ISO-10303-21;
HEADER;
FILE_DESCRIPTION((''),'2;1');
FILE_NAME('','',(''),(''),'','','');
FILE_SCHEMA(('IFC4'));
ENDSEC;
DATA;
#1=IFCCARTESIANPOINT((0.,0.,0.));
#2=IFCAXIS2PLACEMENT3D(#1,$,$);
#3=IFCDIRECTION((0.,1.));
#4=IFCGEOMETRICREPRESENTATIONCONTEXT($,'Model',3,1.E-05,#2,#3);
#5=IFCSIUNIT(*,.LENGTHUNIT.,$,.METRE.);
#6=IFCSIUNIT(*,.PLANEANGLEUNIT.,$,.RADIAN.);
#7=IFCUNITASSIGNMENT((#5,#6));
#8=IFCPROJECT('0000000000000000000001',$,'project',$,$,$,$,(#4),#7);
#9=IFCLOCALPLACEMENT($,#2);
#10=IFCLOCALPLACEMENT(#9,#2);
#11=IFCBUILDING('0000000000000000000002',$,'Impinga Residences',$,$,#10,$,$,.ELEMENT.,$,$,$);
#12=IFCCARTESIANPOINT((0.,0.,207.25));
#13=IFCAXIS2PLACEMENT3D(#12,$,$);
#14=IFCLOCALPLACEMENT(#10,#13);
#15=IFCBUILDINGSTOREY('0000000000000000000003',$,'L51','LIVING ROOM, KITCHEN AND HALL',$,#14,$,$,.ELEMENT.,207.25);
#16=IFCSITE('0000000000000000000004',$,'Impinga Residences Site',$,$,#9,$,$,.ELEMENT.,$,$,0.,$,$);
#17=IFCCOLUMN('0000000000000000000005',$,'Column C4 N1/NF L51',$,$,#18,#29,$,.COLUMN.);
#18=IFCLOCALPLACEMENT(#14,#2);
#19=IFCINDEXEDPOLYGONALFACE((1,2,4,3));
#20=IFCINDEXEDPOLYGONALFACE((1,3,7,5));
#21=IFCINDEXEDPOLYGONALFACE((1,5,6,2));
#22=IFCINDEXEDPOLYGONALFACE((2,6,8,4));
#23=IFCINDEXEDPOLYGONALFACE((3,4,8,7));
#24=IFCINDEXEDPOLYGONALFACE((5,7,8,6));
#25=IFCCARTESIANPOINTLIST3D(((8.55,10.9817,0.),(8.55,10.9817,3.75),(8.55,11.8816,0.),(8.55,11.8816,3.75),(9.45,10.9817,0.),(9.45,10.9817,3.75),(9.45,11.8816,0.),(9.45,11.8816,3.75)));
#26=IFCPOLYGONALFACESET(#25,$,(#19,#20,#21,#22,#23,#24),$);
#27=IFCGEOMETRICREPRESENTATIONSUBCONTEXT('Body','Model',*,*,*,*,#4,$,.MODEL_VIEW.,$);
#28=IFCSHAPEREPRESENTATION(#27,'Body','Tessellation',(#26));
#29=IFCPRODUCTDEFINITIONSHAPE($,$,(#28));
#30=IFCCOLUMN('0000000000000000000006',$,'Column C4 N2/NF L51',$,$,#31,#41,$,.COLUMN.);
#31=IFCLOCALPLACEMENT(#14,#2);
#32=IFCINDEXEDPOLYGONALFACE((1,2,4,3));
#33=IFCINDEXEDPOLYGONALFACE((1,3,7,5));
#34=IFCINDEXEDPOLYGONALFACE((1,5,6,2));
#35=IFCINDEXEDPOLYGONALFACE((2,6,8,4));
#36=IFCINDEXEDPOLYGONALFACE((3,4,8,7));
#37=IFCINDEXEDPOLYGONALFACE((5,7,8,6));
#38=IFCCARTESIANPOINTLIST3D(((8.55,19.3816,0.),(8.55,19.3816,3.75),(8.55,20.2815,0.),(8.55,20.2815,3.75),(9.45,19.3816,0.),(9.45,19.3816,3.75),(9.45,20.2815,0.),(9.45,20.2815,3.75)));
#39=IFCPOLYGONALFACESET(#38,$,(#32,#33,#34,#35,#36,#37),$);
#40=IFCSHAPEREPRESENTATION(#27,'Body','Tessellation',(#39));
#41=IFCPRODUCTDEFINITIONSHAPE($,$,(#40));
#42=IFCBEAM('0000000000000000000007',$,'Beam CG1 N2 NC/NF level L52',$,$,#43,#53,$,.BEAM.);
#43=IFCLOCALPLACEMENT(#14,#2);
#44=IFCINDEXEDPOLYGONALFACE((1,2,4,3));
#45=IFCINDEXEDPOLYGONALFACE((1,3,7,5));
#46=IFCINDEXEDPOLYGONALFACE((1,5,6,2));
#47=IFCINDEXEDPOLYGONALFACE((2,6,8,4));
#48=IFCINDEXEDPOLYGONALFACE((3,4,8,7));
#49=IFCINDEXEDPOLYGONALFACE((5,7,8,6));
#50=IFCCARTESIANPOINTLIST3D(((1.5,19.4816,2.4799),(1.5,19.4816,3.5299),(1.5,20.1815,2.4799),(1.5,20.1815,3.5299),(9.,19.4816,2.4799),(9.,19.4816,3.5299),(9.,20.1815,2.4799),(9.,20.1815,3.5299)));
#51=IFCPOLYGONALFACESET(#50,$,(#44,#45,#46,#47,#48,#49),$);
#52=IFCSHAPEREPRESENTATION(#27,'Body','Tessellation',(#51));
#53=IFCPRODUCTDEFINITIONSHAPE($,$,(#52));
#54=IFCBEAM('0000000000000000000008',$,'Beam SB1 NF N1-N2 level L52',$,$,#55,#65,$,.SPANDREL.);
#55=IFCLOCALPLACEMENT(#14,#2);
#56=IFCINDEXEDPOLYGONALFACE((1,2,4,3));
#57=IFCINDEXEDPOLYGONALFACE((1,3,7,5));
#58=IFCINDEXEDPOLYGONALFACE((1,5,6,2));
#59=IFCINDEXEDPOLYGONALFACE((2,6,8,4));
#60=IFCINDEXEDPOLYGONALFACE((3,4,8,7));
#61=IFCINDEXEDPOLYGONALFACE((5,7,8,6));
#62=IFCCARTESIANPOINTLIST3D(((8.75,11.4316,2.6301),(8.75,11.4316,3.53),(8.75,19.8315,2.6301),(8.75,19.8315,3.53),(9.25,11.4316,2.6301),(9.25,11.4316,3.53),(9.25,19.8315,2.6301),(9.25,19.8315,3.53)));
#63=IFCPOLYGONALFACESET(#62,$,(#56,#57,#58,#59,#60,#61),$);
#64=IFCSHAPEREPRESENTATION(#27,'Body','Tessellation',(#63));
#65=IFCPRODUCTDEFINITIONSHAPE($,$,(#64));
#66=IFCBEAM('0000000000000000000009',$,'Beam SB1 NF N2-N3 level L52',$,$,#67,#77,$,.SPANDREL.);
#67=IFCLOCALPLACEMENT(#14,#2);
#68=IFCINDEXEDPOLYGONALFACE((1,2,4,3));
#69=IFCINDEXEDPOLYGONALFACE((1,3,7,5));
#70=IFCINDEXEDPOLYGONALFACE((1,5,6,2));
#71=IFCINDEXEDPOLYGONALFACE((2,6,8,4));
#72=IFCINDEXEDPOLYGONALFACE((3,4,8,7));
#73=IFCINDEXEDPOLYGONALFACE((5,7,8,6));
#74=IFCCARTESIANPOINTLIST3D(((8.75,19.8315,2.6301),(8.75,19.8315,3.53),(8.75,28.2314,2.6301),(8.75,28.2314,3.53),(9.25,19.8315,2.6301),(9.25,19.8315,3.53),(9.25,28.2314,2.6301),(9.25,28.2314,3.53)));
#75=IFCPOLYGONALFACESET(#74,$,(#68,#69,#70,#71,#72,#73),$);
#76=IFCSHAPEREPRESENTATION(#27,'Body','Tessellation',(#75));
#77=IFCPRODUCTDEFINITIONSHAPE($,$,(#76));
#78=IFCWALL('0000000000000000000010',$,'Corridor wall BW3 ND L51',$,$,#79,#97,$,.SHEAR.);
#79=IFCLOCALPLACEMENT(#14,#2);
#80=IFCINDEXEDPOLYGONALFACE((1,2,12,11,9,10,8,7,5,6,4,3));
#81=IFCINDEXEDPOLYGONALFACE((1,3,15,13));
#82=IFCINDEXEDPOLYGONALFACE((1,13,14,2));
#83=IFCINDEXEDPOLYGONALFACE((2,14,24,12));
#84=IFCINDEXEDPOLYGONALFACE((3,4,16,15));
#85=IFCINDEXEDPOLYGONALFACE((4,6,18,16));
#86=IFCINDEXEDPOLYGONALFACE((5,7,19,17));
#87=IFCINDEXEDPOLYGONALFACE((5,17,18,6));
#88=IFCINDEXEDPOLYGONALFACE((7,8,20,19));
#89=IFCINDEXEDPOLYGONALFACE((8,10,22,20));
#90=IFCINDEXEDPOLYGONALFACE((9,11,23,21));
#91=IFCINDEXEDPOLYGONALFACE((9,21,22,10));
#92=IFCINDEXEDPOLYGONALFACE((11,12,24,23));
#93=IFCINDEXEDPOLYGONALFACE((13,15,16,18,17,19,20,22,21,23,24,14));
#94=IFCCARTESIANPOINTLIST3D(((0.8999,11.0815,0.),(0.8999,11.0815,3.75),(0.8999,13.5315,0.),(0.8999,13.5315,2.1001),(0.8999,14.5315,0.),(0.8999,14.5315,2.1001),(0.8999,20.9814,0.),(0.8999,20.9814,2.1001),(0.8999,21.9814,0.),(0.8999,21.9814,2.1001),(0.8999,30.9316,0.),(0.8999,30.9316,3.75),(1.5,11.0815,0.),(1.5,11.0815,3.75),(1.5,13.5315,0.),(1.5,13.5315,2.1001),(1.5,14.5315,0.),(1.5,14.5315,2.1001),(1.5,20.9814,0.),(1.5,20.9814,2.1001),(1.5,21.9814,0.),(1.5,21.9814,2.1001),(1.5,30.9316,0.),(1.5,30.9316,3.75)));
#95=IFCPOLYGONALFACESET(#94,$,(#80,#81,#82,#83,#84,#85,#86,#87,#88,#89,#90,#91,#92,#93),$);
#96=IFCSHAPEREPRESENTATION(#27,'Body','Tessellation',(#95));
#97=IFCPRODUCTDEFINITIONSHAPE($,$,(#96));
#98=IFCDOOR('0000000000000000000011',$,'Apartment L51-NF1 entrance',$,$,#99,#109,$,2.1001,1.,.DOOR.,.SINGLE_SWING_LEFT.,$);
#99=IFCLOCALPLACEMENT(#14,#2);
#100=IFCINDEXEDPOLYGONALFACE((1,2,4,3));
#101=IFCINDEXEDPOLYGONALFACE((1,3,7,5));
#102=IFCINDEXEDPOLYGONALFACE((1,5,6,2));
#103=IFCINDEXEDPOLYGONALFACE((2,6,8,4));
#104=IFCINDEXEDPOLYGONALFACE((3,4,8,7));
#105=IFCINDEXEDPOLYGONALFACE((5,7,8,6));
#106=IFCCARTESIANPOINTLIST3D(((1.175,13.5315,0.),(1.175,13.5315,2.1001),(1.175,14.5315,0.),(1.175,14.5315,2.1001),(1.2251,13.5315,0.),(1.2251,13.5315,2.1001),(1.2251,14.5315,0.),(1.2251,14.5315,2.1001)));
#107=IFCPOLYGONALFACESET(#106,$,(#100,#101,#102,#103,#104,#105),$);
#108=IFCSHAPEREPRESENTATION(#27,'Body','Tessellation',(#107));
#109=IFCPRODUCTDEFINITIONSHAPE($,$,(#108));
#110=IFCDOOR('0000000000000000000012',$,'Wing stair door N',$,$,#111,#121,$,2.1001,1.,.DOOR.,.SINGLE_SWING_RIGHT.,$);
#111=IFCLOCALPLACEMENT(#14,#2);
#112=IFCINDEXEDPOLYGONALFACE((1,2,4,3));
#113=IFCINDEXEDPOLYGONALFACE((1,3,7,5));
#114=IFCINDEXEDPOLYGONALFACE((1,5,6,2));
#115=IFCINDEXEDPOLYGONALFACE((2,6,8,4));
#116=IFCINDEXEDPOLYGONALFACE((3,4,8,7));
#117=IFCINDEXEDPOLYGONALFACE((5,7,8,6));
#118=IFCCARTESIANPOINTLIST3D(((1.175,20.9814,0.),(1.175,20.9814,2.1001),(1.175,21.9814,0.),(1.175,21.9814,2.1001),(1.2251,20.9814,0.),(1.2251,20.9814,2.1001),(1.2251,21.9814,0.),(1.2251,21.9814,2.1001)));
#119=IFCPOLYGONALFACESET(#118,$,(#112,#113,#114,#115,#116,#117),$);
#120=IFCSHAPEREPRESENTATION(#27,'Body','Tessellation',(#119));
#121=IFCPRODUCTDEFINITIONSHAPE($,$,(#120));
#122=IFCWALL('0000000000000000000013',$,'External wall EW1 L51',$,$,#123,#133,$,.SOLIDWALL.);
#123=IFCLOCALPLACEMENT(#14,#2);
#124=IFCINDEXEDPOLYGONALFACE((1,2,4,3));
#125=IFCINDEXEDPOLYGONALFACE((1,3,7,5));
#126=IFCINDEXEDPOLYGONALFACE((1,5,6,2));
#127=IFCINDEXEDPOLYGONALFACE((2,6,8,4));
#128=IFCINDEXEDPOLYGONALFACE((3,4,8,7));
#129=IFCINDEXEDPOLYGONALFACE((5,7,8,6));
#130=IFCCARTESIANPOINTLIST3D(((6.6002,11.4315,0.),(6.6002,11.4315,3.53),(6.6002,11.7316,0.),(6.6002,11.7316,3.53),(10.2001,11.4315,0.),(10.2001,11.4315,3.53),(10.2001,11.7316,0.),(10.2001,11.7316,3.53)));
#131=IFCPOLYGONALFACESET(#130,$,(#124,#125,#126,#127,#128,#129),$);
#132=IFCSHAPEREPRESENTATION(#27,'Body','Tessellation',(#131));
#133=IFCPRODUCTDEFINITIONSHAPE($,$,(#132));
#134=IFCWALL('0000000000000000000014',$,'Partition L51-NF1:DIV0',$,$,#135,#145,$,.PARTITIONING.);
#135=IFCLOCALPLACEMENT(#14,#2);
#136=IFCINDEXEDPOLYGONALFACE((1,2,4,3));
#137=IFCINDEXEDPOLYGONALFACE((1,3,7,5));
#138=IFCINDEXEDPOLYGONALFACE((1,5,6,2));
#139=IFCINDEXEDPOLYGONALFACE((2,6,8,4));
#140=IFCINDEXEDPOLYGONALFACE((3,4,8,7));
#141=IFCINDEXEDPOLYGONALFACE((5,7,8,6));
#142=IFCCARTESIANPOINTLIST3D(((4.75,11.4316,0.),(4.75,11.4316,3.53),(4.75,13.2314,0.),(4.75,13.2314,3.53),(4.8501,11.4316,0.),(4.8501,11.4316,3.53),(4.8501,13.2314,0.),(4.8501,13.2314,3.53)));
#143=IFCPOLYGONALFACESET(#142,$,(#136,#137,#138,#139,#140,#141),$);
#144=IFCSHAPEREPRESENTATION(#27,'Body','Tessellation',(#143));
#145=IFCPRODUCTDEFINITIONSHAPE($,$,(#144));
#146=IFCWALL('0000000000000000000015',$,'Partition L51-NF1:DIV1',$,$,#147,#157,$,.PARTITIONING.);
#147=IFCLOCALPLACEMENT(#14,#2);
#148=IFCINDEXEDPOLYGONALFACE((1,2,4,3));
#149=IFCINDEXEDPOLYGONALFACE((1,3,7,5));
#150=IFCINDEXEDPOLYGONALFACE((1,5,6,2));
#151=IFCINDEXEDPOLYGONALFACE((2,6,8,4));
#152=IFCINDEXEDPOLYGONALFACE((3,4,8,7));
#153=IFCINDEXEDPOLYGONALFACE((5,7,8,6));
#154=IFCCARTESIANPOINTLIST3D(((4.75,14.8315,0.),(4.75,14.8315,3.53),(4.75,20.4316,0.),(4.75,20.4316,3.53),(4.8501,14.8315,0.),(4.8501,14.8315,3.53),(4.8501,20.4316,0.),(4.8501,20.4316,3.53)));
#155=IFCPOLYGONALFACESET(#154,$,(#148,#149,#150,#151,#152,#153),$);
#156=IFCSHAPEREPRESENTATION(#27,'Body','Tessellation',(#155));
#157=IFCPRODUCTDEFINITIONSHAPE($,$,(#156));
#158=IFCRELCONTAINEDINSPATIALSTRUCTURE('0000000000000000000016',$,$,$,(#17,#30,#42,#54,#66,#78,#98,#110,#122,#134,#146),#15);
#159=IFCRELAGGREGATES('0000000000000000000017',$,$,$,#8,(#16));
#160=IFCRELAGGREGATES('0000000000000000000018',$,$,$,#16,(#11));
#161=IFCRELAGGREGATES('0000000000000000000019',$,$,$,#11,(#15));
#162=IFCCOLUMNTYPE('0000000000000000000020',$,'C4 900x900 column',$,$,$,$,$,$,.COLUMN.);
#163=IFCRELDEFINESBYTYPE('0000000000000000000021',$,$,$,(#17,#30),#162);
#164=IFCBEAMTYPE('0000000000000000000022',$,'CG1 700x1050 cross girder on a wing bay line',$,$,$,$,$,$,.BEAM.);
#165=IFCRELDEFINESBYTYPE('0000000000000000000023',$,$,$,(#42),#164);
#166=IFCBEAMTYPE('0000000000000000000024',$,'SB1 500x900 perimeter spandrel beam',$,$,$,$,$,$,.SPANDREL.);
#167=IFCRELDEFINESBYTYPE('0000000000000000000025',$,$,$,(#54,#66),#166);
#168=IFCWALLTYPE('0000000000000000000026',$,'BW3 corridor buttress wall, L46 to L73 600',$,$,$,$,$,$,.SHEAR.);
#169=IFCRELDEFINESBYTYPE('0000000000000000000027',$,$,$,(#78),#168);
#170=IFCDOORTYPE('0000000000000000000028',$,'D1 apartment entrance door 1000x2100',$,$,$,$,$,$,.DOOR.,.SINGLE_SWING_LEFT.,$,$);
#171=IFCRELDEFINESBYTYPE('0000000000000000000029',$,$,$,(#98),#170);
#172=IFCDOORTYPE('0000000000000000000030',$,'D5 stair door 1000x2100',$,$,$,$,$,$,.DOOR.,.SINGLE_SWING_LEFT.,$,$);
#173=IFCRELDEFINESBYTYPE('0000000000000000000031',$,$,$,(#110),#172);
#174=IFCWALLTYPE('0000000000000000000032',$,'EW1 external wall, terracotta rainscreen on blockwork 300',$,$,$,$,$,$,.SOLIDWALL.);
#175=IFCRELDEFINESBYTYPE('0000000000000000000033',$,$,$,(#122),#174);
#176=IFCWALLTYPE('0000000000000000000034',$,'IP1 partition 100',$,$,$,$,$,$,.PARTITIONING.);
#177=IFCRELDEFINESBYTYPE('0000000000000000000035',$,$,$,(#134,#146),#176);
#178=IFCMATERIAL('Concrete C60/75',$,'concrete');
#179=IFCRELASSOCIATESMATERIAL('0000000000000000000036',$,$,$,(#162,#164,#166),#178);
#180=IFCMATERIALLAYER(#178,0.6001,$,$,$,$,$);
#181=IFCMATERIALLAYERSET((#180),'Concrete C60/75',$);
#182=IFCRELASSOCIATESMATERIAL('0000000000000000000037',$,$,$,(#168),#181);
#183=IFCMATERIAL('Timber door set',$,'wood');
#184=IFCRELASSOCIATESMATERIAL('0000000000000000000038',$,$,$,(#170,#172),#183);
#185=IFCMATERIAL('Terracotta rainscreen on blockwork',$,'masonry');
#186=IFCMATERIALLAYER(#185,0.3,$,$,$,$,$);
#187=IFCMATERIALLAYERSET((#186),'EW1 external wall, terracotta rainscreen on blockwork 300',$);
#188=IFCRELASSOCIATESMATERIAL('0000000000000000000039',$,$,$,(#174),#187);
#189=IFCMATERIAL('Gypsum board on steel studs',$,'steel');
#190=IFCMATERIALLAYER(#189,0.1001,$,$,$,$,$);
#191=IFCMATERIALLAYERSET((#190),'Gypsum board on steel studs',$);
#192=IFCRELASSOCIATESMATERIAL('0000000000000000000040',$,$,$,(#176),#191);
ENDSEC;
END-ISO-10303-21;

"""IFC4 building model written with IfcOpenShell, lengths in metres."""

from ifc_helpers import new_model, si_unit, direction, frame, frame_2d, origin, origin_2d, place, context, subcontext, project, spatial, rectangle, extrude, material, layer, layer_set, material_profile, profile_set, type_object, element, fill, save


model = new_model("IFC4")

# Units and contexts
model_context = context("Model", 3, precision=1e-05, world=origin(), true_north=direction((0.0, 1.0)))
body_context = subcontext(model_context, "Body", "Model", "MODEL_VIEW")
ifc_project = project(units=[si_unit("LENGTHUNIT", "METRE"), si_unit("PLANEANGLEUNIT", "RADIAN")], contexts=[model_context])

# Site, building, storey
site_placement = place(None, origin())
site = spatial("IfcSite", under=ifc_project, at=site_placement, Name="Impinga Residences Site", CompositionType="ELEMENT", RefElevation=0.0)
building_placement = place(site_placement, origin())
building = spatial("IfcBuilding", under=site, at=building_placement, Name="Impinga Residences", CompositionType="ELEMENT")
storey_placement = place(building_placement, frame((0.0, 0.0, 207.25)))
storey = spatial("IfcBuildingStorey", under=building, at=storey_placement, Name="L51", Description="LIVING ROOM, KITCHEN AND HALL", CompositionType="ELEMENT", Elevation=207.25)

# Columns
ifc_material_1 = material(Name="Concrete C60/75", Category="concrete")
ifc_material_profile_1 = material_profile(ifc_material_1, rectangle(XDim=0.8999, YDim=0.8999, at=origin_2d()), Name="RC 900x900")
ifc_profile_set_1 = profile_set([ifc_material_profile_1], Name="Concrete C60/75")
column_type = type_object("IfcColumnType", Name="C4 900x900 column", PredefinedType="COLUMN", material=ifc_profile_set_1)
for number, where, z_axis, x_axis, name in (
    (1, (9.0, 11.4316, 0.0), (0.0, 0.0, 1.0), (1.0, 0.0, 0.0), "Column C4 N1/NF L51"),
    (2, (9.0, 19.8315, 0.0), (0.0, 0.0, 1.0), (1.0, 0.0, 0.0), "Column C4 N2/NF L51"),
):
    element("IfcColumn", number, at=place(storey_placement, frame(where, z_axis=z_axis, x_axis=x_axis)), inside=storey, type_object=column_type, Name=name, PredefinedType="COLUMN", context=body_context, shape_type="SweptSolid", body=[
        extrude(rectangle(XDim=0.8999, YDim=0.8999, at=origin_2d()), origin(), (0.0, 0.0, 1.0), 3.75),
    ])

# Beams
ifc_material_profile_2 = material_profile(ifc_material_1, rectangle(XDim=0.7, YDim=1.05, at=origin_2d()), Name="RC 700x1050")
ifc_profile_set_2 = profile_set([ifc_material_profile_2], Name="Concrete C60/75")
beam_type_1 = type_object("IfcBeamType", Name="CG1 700x1050 cross girder on a wing bay line", PredefinedType="BEAM", material=ifc_profile_set_2)
beam_placement = place(storey_placement, frame((1.5, 19.8315, 3.0049), z_axis=(1.0, 0.0, 0.0), x_axis=(0.0, 1.0, 0.0)))
element("IfcBeam", 3, at=beam_placement, inside=storey, type_object=beam_type_1, Name="Beam CG1 N2 NC/NF level L52", PredefinedType="BEAM", context=body_context, shape_type="SweptSolid", body=[
    extrude(rectangle(XDim=0.7, YDim=1.05, at=origin_2d()), origin(), (0.0, 0.0, 1.0), 7.5),
])
ifc_material_profile_3 = material_profile(ifc_material_1, rectangle(XDim=0.5, YDim=0.8999, at=origin_2d()), Name="RC 500x900")
ifc_profile_set_3 = profile_set([ifc_material_profile_3], Name="Concrete C60/75")
beam_type_2 = type_object("IfcBeamType", Name="SB1 500x900 perimeter spandrel beam", PredefinedType="SPANDREL", material=ifc_profile_set_3)
for number, where, z_axis, x_axis, name in (
    (4, (9.0, 11.4316, 3.0801), (0.0, 1.0, 0.0), (-1.0, 0.0, 0.0), "Beam SB1 NF N1-N2 level L52"),
    (5, (9.0, 19.8315, 3.0801), (0.0, 1.0, 0.0), (-1.0, 0.0, 0.0), "Beam SB1 NF N2-N3 level L52"),
):
    element("IfcBeam", number, at=place(storey_placement, frame(where, z_axis=z_axis, x_axis=x_axis)), inside=storey, type_object=beam_type_2, Name=name, PredefinedType="SPANDREL", context=body_context, shape_type="SweptSolid", body=[
        extrude(rectangle(XDim=0.5, YDim=0.8999, at=origin_2d()), origin(), (0.0, 0.0, 1.0), 8.3999),
    ])

# Wall, openings, doors
ifc_layer_1 = layer(ifc_material_1, 0.6001)
ifc_layer_set_1 = layer_set([ifc_layer_1], Name="Concrete C60/75")
wall_type_1 = type_object("IfcWallType", Name="BW3 corridor buttress wall, L46 to L73 600", PredefinedType="SHEAR", material=ifc_layer_set_1)
wall_1_placement = place(storey_placement, frame((1.2, 11.0815, 0.0), z_axis=(0.0, 0.0, 1.0), x_axis=(0.0, 1.0, 0.0)))
wall_1 = element("IfcWall", 6, at=wall_1_placement, inside=storey, type_object=wall_type_1, Name="Corridor wall BW3 ND L51", PredefinedType="SHEAR", context=body_context, shape_type="SweptSolid", body=[
    extrude(rectangle(XDim=19.8501, YDim=0.6001, at=frame_2d((9.925, 0.0))), origin(), (0.0, 0.0, 1.0), 3.75),
])
opening_1_placement = place(wall_1_placement, frame((9.8999, 0.0, 0.0)))
opening_1 = element("IfcOpeningElement", 7, at=opening_1_placement, cuts=wall_1, PredefinedType="OPENING", context=body_context, shape_type="SweptSolid", body=[
    extrude(rectangle(XDim=1.0, YDim=2.1001, at=frame_2d((0.5, 1.05))), frame((0.0, 0.3101, 0.0), z_axis=(0.0, -1.0, 0.0), x_axis=(1.0, 0.0, 0.0)), (0.0, 0.0, 1.0), 0.6201),
])
opening_2_placement = place(wall_1_placement, frame((2.45, 0.0, 0.0)))
opening_2 = element("IfcOpeningElement", 8, at=opening_2_placement, cuts=wall_1, PredefinedType="OPENING", context=body_context, shape_type="SweptSolid", body=[
    extrude(rectangle(XDim=1.0, YDim=2.1001, at=frame_2d((0.5, 1.05))), frame((0.0, 0.3101, 0.0), z_axis=(0.0, -1.0, 0.0), x_axis=(1.0, 0.0, 0.0)), (0.0, 0.0, 1.0), 0.6201),
])
ifc_material_2 = material(Name="Timber door set", Category="wood")
door_type_1 = type_object("IfcDoorType", Name="D1 apartment entrance door 1000x2100", OperationType="SINGLE_SWING_LEFT", PredefinedType="DOOR", material=ifc_material_2)
door_1_placement = place(opening_2_placement, origin())
door_1 = element("IfcDoor", 9, at=door_1_placement, inside=storey, type_object=door_type_1, Name="Apartment L51-NF1 entrance", OperationType="SINGLE_SWING_LEFT", OverallHeight=2.1001, OverallWidth=1.0, PredefinedType="DOOR", context=body_context, shape_type="SweptSolid", body=[
    extrude(rectangle(XDim=1.0, YDim=2.1001, at=frame_2d((0.5, 1.05))), frame((0.0, 0.0249, 0.0), z_axis=(0.0, -1.0, 0.0), x_axis=(1.0, 0.0, 0.0)), (0.0, 0.0, 1.0), 0.05),
])
fill(opening_2, door_1)
door_type_2 = type_object("IfcDoorType", Name="D5 stair door 1000x2100", OperationType="SINGLE_SWING_LEFT", PredefinedType="DOOR", material=ifc_material_2)
door_2_placement = place(opening_1_placement, origin())
door_2 = element("IfcDoor", 10, at=door_2_placement, inside=storey, type_object=door_type_2, Name="Wing stair door N", OperationType="SINGLE_SWING_RIGHT", OverallHeight=2.1001, OverallWidth=1.0, PredefinedType="DOOR", context=body_context, shape_type="SweptSolid", body=[
    extrude(rectangle(XDim=1.0, YDim=2.1001, at=frame_2d((0.5, 1.05))), frame((0.0, 0.0249, 0.0), z_axis=(0.0, -1.0, 0.0), x_axis=(1.0, 0.0, 0.0)), (0.0, 0.0, 1.0), 0.05),
])
fill(opening_1, door_2)

# Walls
ifc_material_3 = material(Name="Terracotta rainscreen on blockwork", Category="masonry")
ifc_layer_2 = layer(ifc_material_3, 0.3)
ifc_layer_set_2 = layer_set([ifc_layer_2], Name="EW1 external wall, terracotta rainscreen on blockwork 300")
wall_type_2 = type_object("IfcWallType", Name="EW1 external wall, terracotta rainscreen on blockwork 300", PredefinedType="SOLIDWALL", material=ifc_layer_set_2)
wall_2_placement = place(storey_placement, frame((10.2, 11.5815, 0.0), z_axis=(0.0, 0.0, 1.0), x_axis=(-1.0, 0.0, 0.0)))
element("IfcWall", 11, at=wall_2_placement, inside=storey, type_object=wall_type_2, Name="External wall EW1 L51", PredefinedType="SOLIDWALL", context=body_context, shape_type="SweptSolid", body=[
    extrude(rectangle(XDim=3.5999, YDim=0.3, at=frame_2d((1.7998, 0.0))), origin(), (0.0, 0.0, 1.0), 3.53),
])
ifc_material_4 = material(Name="Gypsum board on steel studs", Category="steel")
ifc_layer_3 = layer(ifc_material_4, 0.1001)
ifc_layer_set_3 = layer_set([ifc_layer_3], Name="Gypsum board on steel studs")
wall_type_3 = type_object("IfcWallType", Name="IP1 partition 100", PredefinedType="PARTITIONING", material=ifc_layer_set_3)
wall_3_placement = place(storey_placement, frame((4.8, 11.4316, 0.0), z_axis=(0.0, 0.0, 1.0), x_axis=(0.0, 1.0, 0.0)))
element("IfcWall", 12, at=wall_3_placement, inside=storey, type_object=wall_type_3, Name="Partition L51-NF1:DIV0", PredefinedType="PARTITIONING", context=body_context, shape_type="SweptSolid", body=[
    extrude(rectangle(XDim=1.7998, YDim=0.1001, at=frame_2d((0.8999, 0.0))), origin(), (0.0, 0.0, 1.0), 3.53),
])
wall_4_placement = place(storey_placement, frame((4.8, 14.8315, 0.0), z_axis=(0.0, 0.0, 1.0), x_axis=(0.0, 1.0, 0.0)))
element("IfcWall", 13, at=wall_4_placement, inside=storey, type_object=wall_type_3, Name="Partition L51-NF1:DIV1", PredefinedType="PARTITIONING", context=body_context, shape_type="SweptSolid", body=[
    extrude(rectangle(XDim=5.6001, YDim=0.1001, at=frame_2d((2.8, 0.0))), origin(), (0.0, 0.0, 1.0), 3.53),
])

save(model, "model.ifc")
